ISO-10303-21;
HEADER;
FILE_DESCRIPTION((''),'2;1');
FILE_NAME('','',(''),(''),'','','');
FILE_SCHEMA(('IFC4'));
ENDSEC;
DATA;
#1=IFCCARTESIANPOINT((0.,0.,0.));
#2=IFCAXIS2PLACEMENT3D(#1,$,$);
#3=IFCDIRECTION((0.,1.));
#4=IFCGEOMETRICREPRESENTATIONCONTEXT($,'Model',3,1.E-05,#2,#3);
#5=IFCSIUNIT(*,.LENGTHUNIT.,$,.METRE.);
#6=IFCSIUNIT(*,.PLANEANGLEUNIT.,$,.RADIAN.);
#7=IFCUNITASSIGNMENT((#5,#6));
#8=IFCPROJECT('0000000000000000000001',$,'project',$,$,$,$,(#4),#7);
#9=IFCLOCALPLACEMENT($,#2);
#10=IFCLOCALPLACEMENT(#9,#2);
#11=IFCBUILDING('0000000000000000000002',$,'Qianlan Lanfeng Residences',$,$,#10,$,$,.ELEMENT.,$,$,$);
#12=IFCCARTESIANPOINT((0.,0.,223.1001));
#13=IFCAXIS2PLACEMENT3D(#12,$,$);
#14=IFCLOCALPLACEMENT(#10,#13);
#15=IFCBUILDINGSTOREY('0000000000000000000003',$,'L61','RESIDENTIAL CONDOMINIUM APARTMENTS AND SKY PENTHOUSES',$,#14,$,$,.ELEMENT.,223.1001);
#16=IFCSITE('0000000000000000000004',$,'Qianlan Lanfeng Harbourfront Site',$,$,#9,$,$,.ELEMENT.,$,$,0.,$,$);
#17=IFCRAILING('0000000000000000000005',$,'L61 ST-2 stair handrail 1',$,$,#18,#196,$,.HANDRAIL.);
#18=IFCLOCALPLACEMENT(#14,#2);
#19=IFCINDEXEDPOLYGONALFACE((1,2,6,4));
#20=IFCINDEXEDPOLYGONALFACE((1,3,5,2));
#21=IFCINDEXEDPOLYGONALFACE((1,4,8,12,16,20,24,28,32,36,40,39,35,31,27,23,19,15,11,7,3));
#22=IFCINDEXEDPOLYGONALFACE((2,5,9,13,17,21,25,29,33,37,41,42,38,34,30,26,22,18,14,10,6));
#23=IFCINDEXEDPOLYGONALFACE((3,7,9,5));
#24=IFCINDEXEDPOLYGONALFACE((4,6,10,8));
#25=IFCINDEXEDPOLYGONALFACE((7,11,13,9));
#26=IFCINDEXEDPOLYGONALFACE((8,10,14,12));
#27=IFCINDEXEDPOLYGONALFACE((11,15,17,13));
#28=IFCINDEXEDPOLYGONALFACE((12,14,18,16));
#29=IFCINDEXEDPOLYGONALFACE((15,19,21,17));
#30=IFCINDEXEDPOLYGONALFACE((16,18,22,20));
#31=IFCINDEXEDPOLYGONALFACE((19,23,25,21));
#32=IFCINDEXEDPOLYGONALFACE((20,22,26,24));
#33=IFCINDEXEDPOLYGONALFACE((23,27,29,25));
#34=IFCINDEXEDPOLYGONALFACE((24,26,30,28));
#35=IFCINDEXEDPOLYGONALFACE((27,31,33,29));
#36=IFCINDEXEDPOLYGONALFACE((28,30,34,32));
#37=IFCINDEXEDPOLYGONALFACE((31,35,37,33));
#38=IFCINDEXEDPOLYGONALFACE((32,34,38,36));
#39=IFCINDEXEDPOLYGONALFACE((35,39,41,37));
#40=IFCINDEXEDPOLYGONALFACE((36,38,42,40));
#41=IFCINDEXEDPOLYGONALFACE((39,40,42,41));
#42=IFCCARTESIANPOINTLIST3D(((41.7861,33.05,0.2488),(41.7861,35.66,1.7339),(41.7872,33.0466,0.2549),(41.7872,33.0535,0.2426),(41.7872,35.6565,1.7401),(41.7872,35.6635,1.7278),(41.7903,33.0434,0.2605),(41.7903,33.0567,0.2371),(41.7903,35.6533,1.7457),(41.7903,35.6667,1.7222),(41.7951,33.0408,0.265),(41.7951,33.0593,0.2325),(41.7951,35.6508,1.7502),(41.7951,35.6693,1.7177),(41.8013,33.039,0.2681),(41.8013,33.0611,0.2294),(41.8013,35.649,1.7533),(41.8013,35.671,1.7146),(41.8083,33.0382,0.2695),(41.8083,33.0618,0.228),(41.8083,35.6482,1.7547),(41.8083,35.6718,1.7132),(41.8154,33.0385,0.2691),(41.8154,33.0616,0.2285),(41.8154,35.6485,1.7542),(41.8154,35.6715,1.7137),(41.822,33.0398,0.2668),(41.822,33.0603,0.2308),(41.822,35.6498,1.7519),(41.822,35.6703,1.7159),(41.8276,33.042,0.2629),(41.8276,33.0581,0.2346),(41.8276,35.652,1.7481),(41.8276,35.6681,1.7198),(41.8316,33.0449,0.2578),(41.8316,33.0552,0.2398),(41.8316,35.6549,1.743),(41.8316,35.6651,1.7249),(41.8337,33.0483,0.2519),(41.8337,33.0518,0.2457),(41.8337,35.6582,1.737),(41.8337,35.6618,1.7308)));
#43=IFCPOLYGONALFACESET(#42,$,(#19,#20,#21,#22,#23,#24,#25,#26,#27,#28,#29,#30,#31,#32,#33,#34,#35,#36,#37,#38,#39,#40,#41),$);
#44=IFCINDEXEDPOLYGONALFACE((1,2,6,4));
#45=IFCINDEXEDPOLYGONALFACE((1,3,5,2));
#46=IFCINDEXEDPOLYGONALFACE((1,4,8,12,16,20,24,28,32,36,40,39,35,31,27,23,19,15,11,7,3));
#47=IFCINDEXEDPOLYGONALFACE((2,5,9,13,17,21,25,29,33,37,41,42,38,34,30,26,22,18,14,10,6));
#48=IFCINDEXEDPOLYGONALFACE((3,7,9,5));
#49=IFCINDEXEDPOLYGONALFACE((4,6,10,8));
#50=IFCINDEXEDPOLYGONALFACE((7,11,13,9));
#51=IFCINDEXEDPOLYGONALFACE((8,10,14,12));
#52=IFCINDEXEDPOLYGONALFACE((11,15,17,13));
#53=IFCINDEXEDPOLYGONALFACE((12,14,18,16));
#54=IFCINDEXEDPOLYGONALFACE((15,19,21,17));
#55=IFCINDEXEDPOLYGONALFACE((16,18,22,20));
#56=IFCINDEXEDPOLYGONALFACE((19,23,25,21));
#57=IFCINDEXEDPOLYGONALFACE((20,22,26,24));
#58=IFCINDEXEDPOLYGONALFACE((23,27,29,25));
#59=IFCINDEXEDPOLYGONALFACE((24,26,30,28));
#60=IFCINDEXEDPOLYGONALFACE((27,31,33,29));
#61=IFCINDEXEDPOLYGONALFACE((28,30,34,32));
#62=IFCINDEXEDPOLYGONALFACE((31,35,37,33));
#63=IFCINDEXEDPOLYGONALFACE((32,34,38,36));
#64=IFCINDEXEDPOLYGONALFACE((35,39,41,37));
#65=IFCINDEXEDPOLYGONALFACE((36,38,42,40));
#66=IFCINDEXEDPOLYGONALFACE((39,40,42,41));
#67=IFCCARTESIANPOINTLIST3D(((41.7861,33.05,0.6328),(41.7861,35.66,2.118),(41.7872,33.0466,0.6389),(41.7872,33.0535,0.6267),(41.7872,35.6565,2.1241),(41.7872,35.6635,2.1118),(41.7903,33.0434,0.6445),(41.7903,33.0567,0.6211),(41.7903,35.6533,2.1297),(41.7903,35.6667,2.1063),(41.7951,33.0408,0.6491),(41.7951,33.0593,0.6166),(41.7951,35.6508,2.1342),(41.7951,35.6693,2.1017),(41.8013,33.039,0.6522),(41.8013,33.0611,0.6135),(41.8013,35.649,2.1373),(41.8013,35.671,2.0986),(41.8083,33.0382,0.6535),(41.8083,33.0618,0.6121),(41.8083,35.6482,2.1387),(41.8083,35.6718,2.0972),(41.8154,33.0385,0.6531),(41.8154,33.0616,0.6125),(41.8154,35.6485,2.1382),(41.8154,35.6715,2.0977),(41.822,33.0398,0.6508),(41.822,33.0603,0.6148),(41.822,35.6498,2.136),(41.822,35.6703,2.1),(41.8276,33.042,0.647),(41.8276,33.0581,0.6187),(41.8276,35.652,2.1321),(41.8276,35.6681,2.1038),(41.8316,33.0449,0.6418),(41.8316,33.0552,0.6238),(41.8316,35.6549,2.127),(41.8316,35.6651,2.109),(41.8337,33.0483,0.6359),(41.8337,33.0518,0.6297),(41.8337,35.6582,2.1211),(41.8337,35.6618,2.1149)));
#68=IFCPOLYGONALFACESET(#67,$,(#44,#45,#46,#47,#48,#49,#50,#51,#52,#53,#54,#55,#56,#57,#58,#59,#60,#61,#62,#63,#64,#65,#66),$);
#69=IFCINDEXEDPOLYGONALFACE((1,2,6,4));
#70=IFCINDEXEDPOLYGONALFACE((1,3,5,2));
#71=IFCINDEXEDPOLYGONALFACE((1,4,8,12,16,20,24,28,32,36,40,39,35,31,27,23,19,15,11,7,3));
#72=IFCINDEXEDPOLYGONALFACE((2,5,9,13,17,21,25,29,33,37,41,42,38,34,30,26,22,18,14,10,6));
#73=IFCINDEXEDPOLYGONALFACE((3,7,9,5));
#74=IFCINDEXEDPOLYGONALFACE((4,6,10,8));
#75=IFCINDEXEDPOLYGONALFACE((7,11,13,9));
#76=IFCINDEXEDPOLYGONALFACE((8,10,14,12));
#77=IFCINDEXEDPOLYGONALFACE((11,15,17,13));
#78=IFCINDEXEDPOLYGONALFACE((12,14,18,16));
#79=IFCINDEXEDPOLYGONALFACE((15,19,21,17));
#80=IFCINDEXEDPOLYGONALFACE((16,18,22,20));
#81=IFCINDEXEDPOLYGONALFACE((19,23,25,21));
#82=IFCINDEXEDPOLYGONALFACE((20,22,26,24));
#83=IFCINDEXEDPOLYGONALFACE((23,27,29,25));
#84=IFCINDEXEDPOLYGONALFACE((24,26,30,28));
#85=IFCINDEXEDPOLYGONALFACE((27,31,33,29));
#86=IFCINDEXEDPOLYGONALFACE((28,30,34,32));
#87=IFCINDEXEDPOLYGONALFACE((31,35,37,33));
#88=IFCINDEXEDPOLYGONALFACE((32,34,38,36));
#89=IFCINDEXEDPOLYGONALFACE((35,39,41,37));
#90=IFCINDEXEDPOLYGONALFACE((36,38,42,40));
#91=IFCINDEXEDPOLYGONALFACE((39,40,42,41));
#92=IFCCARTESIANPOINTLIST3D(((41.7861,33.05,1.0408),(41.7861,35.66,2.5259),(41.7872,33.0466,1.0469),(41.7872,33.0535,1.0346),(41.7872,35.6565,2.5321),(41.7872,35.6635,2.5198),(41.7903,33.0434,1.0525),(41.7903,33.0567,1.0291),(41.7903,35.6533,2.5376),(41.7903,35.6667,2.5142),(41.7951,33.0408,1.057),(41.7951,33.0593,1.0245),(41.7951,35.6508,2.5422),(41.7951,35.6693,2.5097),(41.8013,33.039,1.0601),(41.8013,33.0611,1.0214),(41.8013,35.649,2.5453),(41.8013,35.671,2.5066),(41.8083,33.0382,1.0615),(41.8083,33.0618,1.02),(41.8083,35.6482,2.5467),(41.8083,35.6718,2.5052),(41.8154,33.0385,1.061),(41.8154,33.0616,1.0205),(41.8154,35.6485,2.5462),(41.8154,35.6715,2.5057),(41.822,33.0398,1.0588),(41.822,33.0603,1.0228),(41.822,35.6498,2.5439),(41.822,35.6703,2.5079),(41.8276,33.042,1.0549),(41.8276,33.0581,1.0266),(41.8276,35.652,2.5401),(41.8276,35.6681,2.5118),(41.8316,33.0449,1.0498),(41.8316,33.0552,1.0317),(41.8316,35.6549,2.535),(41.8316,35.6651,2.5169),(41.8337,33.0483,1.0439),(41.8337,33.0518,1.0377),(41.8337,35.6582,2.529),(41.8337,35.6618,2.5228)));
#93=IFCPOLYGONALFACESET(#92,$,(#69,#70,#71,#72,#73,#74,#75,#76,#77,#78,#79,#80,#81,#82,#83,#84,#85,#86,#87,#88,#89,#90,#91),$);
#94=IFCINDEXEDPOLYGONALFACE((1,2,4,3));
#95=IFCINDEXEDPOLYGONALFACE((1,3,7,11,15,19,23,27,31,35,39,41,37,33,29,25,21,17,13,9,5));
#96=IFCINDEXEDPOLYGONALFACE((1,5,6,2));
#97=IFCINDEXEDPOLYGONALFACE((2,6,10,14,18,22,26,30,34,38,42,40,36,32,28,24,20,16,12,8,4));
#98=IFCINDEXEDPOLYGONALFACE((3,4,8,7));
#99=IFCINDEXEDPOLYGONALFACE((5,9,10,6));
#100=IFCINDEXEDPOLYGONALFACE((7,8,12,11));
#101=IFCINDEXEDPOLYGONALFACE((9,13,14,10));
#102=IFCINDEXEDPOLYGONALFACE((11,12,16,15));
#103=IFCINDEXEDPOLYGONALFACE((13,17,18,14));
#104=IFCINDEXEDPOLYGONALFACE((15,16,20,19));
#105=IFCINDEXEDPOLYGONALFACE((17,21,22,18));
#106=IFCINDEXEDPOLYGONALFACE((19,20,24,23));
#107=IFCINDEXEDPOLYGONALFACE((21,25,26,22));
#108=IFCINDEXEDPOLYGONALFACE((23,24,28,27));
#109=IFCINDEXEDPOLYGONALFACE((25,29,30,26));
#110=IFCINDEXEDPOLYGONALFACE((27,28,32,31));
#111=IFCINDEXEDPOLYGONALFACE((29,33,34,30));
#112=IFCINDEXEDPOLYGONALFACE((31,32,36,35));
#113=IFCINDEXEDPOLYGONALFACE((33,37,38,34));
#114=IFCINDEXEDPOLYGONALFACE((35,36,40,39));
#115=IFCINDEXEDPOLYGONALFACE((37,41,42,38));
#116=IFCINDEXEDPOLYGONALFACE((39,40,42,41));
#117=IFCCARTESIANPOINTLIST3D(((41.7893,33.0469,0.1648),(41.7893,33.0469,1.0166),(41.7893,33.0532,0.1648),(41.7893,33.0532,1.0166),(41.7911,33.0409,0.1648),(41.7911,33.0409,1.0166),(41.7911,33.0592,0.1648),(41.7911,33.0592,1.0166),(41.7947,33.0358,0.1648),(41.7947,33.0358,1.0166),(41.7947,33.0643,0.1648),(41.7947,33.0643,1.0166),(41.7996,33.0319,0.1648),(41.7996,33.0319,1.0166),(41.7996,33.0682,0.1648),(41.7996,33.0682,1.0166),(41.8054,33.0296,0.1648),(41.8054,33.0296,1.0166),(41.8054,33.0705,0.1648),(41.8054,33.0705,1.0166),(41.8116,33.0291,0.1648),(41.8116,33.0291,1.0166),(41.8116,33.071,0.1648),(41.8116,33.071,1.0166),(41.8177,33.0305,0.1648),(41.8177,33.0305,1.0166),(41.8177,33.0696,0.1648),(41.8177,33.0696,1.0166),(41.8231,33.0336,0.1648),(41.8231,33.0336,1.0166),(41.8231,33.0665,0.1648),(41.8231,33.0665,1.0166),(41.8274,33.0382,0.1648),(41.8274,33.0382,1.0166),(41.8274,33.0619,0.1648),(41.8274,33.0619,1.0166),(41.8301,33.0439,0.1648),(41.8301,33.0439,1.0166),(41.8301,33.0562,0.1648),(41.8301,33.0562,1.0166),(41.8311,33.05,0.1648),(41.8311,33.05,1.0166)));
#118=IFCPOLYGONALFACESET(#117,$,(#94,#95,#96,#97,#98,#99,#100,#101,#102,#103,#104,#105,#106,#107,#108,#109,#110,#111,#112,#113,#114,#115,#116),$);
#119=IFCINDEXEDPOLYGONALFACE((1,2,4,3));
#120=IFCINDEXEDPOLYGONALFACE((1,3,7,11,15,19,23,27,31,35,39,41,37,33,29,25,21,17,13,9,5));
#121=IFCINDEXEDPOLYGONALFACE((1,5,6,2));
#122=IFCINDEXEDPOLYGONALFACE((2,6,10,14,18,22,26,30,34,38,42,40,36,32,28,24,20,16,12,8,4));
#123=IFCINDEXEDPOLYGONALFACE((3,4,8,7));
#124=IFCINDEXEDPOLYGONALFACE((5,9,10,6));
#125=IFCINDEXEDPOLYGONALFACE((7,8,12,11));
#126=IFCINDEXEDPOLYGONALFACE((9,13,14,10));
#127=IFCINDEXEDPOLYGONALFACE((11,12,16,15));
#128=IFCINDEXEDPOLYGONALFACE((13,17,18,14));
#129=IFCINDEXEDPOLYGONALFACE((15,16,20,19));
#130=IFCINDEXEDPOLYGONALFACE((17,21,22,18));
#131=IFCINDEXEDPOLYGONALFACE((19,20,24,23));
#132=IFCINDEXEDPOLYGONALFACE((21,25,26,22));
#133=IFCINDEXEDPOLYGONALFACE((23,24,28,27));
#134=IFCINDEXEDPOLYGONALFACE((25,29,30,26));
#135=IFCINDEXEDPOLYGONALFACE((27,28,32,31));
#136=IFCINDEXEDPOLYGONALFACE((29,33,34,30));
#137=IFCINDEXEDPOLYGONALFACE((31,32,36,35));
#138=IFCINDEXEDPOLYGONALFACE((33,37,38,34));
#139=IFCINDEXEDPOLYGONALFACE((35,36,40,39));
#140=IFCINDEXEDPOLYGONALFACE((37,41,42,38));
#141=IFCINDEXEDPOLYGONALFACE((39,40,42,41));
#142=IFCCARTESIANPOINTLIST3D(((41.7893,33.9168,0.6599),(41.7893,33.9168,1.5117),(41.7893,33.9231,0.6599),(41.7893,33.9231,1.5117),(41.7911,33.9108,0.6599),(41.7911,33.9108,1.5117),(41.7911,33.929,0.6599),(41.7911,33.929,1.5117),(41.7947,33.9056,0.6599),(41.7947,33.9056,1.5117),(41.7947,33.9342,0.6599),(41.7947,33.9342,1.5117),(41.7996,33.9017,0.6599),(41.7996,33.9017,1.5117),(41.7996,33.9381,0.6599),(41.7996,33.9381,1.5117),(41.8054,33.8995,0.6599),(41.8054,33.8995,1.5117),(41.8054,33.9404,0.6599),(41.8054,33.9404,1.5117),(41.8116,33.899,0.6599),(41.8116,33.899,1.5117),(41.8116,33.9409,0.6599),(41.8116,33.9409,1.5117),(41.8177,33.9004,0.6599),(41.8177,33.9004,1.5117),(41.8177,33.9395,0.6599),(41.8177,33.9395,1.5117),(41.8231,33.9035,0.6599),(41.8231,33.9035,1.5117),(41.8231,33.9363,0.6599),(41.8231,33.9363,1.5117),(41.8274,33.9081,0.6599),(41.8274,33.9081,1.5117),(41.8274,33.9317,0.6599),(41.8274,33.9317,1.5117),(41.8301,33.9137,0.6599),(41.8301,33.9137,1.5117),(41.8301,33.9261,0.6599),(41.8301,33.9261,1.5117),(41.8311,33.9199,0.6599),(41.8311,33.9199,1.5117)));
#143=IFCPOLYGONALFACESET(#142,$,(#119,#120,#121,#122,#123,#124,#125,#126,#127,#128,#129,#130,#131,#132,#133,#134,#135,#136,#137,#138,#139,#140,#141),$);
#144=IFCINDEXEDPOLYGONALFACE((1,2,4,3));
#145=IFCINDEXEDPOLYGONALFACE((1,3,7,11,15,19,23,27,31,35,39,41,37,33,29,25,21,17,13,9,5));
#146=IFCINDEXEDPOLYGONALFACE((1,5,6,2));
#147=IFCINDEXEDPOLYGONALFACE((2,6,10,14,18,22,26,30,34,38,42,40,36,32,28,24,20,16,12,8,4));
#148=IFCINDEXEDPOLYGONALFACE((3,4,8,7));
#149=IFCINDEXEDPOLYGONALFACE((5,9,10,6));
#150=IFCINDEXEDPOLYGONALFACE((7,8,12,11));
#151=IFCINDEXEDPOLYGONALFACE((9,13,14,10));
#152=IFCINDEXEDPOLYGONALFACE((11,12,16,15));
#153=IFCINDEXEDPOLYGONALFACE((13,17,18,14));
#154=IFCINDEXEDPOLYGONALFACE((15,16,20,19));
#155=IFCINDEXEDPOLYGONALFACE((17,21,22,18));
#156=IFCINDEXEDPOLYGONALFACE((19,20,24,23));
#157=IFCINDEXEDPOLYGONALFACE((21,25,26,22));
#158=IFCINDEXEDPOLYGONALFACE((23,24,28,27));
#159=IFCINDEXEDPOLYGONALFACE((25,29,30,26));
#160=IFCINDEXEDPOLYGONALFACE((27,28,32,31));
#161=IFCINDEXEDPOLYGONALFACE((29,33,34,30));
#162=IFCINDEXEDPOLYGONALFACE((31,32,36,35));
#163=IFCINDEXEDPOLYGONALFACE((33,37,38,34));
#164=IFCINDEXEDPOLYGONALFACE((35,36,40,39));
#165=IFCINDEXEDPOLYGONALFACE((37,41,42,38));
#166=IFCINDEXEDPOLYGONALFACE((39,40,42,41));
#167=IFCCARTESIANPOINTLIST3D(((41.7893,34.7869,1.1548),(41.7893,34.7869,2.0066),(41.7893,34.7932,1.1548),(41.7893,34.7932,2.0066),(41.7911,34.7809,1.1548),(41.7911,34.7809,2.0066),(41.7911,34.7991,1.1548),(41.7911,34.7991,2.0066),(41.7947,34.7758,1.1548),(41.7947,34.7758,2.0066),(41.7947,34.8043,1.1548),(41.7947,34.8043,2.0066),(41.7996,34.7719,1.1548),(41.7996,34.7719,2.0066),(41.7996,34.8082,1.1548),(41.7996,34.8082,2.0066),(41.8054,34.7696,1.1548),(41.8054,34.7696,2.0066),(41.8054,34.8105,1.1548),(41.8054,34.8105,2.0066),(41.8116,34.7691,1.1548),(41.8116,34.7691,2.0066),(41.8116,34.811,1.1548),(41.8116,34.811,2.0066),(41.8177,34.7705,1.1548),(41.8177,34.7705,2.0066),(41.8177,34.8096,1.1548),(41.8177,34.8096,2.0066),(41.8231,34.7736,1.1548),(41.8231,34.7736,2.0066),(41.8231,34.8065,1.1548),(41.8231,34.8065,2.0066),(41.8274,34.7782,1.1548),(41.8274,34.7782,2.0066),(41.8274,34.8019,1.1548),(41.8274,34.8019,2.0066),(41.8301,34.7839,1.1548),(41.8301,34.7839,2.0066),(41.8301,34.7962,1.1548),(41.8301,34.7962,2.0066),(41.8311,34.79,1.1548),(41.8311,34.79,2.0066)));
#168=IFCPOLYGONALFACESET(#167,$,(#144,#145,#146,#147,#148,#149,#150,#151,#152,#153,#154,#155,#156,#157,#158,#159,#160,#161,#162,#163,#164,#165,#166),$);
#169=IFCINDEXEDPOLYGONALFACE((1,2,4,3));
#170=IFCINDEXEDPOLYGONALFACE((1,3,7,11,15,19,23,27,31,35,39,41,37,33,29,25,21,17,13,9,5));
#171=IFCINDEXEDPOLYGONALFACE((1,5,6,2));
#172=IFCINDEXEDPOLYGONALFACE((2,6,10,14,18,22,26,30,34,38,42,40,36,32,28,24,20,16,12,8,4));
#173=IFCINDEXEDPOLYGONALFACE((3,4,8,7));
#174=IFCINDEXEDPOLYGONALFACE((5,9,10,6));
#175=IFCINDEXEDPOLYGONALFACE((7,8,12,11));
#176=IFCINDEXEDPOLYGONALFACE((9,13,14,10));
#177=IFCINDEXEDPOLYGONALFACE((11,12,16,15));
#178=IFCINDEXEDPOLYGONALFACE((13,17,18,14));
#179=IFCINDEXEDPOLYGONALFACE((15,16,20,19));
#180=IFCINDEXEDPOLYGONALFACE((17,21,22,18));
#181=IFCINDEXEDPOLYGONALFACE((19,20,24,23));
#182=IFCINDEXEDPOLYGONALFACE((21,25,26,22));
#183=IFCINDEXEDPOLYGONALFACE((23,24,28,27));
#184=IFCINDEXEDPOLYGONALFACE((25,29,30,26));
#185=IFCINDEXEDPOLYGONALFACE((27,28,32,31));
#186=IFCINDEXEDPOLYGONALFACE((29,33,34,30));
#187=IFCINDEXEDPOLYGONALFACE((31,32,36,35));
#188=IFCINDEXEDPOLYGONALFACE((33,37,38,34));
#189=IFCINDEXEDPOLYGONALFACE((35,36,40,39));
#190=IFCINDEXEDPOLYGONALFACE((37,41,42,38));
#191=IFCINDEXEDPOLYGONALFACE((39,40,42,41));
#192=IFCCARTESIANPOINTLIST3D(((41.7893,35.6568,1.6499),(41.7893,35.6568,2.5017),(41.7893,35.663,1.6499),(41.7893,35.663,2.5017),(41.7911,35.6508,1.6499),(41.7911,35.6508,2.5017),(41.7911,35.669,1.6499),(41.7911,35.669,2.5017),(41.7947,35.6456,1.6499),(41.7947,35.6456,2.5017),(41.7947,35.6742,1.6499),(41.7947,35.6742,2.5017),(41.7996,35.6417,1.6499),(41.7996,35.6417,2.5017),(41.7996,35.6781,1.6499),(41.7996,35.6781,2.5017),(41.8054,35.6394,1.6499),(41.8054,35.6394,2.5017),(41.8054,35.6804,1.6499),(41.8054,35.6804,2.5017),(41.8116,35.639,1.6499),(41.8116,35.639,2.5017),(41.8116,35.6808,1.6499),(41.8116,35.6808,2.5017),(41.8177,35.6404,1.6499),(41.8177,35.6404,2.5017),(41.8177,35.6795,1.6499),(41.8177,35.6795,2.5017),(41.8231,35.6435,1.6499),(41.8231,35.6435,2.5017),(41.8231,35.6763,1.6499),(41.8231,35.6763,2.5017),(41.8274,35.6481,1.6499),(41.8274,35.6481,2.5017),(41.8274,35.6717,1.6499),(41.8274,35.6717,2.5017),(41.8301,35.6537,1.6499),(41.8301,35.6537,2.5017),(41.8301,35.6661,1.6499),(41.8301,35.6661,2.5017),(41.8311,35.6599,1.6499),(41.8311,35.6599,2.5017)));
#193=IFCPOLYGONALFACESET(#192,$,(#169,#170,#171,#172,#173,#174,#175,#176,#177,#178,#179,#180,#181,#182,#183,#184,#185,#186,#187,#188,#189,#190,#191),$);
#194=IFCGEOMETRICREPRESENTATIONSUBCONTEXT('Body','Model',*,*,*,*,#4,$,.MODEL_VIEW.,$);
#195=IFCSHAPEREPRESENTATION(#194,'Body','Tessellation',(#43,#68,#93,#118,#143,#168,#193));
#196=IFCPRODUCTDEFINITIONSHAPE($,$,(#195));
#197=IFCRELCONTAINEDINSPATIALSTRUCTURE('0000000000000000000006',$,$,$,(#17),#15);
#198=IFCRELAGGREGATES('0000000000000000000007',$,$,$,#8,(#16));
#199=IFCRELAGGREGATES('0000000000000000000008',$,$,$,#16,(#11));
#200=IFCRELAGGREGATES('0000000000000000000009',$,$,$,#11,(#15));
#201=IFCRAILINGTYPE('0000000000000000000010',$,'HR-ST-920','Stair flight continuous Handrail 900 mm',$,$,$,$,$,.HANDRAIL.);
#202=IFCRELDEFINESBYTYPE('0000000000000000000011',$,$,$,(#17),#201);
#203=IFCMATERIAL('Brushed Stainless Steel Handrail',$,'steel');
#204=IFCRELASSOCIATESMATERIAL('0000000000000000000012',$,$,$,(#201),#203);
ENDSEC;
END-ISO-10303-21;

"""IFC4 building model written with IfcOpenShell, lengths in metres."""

from ifc_helpers import new_model, si_unit, direction, frame, origin, origin_2d, place, context, subcontext, project, spatial, circle, extrude, material, type_object, element, save


model = new_model("IFC4")

# Units and contexts
model_context = context("Model", 3, precision=1e-05, world=origin(), true_north=direction((0.0, 1.0)))
body_context = subcontext(model_context, "Body", "Model", "MODEL_VIEW")
ifc_project = project(units=[si_unit("LENGTHUNIT", "METRE"), si_unit("PLANEANGLEUNIT", "RADIAN")], contexts=[model_context])

# Site, building, storey
site_placement = place(None, origin())
site = spatial("IfcSite", under=ifc_project, at=site_placement, Name="Qianlan Lanfeng Harbourfront Site", CompositionType="ELEMENT", RefElevation=0.0)
building_placement = place(site_placement, origin())
building = spatial("IfcBuilding", under=site, at=building_placement, Name="Qianlan Lanfeng Residences", CompositionType="ELEMENT")
storey_placement = place(building_placement, frame((0.0, 0.0, 223.1001)))
storey = spatial("IfcBuildingStorey", under=building, at=storey_placement, Name="L61", Description="RESIDENTIAL CONDOMINIUM APARTMENTS AND SKY PENTHOUSES", CompositionType="ELEMENT", Elevation=223.1001)

# Railing
ifc_material_1 = material(Name="Brushed Stainless Steel Handrail", Category="steel")
railing_type_1 = type_object("IfcRailingType", Name="HR-ST-920", Description="Stair flight continuous Handrail 900 mm", PredefinedType="HANDRAIL", material=ifc_material_1)
railing_1_placement = place(storey_placement, frame((41.8101, 33.05, 0.1648)))
element("IfcRailing", 1, at=railing_1_placement, inside=storey, type_object=railing_type_1, Name="L61 ST-2 stair handrail 1", PredefinedType="HANDRAIL", context=body_context, shape_type="SweptSolid", body=[
    extrude(circle(Radius=0.0239, at=origin_2d()), frame((0.0, 0.0, 0.084), z_axis=(0.0, 0.869137, 0.494571), x_axis=(-1.0, 0.0, 0.0)), (0.0, 0.0, 1.0), 3.0029),
    extrude(circle(Radius=0.0239, at=origin_2d()), frame((0.0, 0.0, 0.468), z_axis=(0.0, 0.869137, 0.494571), x_axis=(-1.0, 0.0, 0.0)), (0.0, 0.0, 1.0), 3.0029),
    extrude(circle(Radius=0.0239, at=origin_2d()), frame((0.0, 0.0, 0.876), z_axis=(0.0, 0.869137, 0.494571), x_axis=(-1.0, 0.0, 0.0)), (0.0, 0.0, 1.0), 3.0029),
    extrude(circle(Radius=0.021, at=origin_2d()), origin(), (0.0, 0.0, 1.0), 0.8518),
    extrude(circle(Radius=0.021, at=origin_2d()), frame((0.0, 0.8699, 0.4951)), (0.0, 0.0, 1.0), 0.8518),
    extrude(circle(Radius=0.021, at=origin_2d()), frame((0.0, 1.74, 0.99)), (0.0, 0.0, 1.0), 0.8518),
    extrude(circle(Radius=0.021, at=origin_2d()), frame((0.0, 2.6099, 1.4851)), (0.0, 0.0, 1.0), 0.8518),
])

save(model, "model.ifc")
